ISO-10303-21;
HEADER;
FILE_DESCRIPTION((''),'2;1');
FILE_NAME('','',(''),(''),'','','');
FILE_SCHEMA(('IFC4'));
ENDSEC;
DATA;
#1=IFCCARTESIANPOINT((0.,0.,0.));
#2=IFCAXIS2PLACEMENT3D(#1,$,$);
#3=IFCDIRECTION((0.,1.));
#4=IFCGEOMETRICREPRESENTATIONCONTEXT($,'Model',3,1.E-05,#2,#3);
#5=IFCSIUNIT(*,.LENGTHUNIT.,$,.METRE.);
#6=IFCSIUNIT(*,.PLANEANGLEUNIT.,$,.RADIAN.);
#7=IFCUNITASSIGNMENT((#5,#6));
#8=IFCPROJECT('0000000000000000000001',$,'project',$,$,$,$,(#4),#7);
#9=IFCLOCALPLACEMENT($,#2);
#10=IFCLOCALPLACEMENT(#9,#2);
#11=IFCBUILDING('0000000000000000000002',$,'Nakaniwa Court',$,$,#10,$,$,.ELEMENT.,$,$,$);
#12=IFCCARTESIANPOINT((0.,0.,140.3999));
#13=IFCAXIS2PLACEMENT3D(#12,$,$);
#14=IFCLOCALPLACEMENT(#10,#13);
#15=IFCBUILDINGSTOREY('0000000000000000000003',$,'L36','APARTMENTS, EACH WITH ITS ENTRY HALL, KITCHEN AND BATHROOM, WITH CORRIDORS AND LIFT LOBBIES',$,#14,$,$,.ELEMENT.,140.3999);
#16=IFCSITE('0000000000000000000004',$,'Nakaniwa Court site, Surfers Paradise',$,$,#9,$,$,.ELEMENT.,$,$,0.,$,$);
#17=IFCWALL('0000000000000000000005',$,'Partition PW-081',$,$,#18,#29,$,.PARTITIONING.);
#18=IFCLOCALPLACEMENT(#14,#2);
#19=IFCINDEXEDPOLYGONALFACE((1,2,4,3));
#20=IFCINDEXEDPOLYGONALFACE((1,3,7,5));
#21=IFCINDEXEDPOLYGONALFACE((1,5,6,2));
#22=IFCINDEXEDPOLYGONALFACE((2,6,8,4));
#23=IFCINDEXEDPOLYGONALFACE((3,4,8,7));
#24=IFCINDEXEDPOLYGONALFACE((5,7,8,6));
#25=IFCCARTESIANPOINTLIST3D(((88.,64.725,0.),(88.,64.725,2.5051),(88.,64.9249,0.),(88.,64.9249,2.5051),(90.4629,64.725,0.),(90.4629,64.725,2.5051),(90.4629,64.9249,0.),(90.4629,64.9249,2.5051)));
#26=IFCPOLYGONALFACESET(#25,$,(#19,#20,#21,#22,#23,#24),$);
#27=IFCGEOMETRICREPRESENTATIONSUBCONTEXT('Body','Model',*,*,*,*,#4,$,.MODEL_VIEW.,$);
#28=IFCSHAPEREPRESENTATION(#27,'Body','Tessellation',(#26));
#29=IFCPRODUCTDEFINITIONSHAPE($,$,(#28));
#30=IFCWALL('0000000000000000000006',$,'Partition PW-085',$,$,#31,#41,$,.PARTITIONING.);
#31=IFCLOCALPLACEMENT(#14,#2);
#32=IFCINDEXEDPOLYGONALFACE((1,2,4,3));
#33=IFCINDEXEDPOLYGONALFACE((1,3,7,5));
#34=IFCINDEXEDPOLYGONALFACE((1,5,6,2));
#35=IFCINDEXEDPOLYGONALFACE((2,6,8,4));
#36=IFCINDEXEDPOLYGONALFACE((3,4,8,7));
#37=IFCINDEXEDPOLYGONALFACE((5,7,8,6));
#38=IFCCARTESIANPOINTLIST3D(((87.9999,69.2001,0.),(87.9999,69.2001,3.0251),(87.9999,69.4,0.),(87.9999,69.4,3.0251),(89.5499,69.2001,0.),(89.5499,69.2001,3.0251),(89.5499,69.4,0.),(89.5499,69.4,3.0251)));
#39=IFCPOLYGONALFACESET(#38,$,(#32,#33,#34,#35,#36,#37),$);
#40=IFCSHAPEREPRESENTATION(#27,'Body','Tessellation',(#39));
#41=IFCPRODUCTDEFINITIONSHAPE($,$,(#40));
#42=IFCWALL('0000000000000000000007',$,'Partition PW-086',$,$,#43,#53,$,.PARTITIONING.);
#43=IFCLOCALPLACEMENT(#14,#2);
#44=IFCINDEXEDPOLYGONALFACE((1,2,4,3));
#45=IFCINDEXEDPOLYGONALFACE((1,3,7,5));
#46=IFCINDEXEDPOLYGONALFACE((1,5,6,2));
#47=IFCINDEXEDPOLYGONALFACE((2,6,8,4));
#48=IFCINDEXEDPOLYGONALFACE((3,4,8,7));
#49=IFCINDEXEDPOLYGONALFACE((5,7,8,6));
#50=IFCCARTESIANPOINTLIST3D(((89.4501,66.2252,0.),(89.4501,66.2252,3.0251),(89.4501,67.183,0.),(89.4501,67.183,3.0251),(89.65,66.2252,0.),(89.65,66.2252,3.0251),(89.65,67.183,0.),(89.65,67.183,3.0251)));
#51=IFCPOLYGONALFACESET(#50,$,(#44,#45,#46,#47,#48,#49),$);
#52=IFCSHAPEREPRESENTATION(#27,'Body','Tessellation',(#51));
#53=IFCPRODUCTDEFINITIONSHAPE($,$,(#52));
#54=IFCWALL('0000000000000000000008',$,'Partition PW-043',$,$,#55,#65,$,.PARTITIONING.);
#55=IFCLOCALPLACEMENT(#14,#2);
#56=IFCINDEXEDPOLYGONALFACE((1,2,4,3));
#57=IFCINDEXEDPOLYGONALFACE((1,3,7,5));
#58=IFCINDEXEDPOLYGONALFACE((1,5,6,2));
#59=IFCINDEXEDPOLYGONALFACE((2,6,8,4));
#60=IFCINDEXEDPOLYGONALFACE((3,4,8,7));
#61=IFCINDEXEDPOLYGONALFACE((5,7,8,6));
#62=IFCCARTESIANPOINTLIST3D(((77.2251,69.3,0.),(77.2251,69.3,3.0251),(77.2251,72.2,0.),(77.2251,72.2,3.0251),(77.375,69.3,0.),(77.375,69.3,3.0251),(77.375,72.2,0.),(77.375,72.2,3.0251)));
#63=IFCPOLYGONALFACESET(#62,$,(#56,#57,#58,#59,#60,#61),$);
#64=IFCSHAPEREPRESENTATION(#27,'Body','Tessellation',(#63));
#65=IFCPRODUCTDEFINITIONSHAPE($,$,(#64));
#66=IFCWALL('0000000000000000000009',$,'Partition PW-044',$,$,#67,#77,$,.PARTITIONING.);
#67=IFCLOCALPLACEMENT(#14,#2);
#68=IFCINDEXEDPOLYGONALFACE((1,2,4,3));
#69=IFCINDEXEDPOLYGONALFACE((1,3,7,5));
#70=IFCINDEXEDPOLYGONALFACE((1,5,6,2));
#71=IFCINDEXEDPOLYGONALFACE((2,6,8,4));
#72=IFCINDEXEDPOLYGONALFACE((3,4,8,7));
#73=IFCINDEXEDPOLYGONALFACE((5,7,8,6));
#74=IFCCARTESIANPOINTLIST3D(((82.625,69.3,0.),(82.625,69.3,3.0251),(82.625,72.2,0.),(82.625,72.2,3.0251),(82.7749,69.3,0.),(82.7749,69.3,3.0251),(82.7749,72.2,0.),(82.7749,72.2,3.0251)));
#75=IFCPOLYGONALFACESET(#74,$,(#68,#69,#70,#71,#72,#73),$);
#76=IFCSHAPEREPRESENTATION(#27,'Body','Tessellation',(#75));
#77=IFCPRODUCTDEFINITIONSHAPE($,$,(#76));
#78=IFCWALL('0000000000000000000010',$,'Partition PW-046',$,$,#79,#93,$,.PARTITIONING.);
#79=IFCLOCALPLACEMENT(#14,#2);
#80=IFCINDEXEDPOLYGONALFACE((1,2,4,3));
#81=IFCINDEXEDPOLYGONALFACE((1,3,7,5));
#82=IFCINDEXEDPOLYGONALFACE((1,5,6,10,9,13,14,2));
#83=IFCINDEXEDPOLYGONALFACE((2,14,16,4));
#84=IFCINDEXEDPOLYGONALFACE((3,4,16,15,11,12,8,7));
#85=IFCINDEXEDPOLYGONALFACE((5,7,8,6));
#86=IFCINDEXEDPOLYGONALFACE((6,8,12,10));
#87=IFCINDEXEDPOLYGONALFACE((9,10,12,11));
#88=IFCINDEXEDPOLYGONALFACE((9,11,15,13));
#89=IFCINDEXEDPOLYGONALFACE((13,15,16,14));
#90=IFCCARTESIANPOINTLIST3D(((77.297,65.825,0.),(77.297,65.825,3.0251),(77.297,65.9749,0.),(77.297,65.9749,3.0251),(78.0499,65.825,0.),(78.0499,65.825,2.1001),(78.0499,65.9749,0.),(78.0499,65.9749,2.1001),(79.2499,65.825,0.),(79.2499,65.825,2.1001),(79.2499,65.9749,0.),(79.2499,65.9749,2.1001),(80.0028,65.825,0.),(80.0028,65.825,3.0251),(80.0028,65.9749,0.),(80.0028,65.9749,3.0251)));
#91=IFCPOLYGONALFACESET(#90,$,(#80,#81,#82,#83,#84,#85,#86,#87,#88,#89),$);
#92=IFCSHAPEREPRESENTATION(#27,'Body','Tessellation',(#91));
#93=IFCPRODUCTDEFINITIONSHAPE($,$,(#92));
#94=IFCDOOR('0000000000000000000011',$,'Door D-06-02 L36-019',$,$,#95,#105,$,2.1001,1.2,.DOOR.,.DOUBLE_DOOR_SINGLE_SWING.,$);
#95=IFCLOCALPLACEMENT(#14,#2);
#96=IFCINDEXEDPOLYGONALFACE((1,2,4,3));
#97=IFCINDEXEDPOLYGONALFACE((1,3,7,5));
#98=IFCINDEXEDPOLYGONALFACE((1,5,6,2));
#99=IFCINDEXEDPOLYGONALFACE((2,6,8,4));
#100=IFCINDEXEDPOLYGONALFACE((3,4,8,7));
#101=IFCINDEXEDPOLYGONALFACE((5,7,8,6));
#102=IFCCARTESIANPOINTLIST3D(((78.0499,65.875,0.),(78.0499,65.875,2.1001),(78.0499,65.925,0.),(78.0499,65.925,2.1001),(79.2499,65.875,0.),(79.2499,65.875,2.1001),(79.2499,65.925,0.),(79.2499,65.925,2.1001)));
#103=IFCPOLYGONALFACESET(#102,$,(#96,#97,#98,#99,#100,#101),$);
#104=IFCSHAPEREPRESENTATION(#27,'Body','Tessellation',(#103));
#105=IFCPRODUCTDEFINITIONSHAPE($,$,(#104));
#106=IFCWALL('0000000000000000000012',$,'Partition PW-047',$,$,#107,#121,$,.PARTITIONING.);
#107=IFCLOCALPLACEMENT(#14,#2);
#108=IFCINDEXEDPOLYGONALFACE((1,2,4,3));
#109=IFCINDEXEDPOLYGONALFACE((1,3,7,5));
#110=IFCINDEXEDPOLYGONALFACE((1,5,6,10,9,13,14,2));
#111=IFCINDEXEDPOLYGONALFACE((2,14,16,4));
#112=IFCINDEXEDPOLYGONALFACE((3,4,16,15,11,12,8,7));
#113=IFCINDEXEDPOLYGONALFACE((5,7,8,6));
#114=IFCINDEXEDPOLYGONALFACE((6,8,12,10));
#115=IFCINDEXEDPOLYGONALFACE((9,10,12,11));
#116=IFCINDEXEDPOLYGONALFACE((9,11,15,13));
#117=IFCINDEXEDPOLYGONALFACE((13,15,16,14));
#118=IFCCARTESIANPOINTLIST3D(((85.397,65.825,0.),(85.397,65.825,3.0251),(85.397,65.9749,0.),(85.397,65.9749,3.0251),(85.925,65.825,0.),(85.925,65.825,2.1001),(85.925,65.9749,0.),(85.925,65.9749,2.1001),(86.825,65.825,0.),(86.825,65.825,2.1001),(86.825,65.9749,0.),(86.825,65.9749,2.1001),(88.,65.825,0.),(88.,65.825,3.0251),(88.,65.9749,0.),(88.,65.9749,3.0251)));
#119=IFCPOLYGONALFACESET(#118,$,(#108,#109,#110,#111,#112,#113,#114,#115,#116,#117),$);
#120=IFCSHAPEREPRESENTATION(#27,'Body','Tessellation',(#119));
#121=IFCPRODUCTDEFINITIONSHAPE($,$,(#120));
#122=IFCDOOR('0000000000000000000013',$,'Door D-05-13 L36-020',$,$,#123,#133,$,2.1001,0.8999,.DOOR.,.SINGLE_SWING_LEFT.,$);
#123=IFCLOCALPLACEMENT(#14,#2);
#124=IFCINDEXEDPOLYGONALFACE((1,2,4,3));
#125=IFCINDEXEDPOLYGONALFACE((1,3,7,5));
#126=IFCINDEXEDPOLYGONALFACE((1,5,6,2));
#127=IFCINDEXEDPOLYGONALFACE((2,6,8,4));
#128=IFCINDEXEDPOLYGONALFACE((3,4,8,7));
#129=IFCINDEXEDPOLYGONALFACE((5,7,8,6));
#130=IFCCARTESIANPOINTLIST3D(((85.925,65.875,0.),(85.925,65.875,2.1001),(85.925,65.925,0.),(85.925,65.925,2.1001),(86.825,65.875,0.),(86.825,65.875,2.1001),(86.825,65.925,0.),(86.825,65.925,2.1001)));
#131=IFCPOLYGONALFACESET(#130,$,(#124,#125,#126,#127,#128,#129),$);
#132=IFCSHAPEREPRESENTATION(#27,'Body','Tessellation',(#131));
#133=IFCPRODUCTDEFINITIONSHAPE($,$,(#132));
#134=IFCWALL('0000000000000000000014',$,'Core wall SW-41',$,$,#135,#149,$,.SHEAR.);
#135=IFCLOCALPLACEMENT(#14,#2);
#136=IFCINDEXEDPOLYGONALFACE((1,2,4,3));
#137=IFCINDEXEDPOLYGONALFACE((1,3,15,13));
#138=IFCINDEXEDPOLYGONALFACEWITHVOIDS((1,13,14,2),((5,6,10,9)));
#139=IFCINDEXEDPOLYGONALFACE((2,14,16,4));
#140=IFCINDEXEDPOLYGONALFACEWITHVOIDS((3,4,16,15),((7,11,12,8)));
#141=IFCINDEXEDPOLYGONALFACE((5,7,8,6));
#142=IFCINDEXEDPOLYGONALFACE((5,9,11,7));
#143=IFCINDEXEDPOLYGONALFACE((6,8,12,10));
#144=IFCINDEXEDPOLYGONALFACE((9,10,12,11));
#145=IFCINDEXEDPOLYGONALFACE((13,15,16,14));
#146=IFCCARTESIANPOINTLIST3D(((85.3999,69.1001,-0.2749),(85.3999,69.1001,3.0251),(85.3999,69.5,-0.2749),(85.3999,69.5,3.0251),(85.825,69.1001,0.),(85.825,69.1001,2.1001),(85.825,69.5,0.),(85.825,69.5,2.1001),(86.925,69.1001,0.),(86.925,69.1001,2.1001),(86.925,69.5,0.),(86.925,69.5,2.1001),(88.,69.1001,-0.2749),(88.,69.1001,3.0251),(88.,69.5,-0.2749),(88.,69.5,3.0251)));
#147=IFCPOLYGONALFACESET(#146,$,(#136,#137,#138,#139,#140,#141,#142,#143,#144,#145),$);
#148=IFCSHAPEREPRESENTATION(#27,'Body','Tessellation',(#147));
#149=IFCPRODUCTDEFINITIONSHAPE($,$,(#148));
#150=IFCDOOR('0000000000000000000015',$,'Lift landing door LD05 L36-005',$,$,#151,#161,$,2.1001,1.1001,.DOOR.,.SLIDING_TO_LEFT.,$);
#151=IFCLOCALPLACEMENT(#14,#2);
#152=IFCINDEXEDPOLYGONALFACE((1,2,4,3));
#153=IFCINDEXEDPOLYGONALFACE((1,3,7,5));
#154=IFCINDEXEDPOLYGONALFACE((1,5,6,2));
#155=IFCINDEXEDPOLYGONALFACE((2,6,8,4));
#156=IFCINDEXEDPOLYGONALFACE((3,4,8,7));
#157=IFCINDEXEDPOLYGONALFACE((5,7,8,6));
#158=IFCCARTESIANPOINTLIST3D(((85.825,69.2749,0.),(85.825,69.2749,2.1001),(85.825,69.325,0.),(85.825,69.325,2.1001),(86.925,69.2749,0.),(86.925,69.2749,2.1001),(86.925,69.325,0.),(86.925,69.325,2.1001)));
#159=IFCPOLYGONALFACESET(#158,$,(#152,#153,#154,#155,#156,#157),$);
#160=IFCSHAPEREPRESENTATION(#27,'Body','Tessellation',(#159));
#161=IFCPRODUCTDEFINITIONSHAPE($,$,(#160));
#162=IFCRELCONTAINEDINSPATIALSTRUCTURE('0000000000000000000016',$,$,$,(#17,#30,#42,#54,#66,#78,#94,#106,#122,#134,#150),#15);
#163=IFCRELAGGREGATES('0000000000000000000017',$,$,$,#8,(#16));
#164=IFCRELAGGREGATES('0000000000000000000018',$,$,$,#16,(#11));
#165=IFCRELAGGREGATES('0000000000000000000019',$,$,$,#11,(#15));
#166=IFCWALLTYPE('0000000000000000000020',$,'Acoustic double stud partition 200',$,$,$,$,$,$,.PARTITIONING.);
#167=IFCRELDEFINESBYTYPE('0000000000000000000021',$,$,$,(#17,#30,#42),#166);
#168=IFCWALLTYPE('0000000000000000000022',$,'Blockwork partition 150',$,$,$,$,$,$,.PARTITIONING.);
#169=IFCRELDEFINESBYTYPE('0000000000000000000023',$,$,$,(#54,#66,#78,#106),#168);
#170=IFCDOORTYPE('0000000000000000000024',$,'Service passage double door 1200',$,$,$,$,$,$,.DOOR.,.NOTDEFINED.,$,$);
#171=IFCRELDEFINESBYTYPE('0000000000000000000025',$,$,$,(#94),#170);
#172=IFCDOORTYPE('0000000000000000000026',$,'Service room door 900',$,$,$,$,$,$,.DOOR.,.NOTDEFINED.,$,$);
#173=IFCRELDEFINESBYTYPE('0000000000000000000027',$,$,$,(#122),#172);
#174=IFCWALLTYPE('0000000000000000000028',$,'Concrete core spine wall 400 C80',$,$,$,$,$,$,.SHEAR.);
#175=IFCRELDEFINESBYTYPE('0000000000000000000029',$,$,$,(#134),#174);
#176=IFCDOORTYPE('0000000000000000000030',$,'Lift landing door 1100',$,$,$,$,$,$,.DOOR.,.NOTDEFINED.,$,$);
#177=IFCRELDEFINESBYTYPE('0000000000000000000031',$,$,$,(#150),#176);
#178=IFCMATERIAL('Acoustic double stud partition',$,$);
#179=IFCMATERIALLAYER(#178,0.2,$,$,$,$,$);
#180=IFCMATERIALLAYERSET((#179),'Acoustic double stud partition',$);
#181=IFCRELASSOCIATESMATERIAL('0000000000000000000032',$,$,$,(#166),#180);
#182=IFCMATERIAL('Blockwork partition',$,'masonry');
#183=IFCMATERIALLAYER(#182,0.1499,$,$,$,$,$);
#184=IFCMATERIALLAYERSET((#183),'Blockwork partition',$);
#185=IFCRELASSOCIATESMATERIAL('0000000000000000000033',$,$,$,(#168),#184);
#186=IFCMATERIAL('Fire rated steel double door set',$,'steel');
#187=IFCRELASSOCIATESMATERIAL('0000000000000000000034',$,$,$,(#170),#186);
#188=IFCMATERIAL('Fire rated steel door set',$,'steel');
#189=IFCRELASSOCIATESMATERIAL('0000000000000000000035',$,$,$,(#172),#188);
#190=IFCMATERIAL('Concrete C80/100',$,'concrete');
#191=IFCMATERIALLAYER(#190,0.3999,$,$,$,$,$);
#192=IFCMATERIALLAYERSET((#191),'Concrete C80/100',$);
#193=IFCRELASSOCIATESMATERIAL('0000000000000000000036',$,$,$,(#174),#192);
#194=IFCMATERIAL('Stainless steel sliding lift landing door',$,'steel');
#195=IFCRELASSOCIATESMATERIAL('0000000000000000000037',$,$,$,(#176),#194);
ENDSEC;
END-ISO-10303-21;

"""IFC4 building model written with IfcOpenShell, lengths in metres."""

from ifc_helpers import new_model, si_unit, direction, frame, frame_2d, origin, place, context, subcontext, project, spatial, rectangle, extrude, material, layer, layer_set, type_object, element, fill, save


model = new_model("IFC4")

# Units and contexts
model_context = context("Model", 3, precision=1e-05, world=origin(), true_north=direction((0.0, 1.0)))
body_context = subcontext(model_context, "Body", "Model", "MODEL_VIEW")
ifc_project = project(units=[si_unit("LENGTHUNIT", "METRE"), si_unit("PLANEANGLEUNIT", "RADIAN")], contexts=[model_context])

# Site, building, storey
site_placement = place(None, origin())
site = spatial("IfcSite", under=ifc_project, at=site_placement, Name="Nakaniwa Court site, Surfers Paradise", CompositionType="ELEMENT", RefElevation=0.0)
building_placement = place(site_placement, origin())
building = spatial("IfcBuilding", under=site, at=building_placement, Name="Nakaniwa Court", CompositionType="ELEMENT")
storey_placement = place(building_placement, frame((0.0, 0.0, 140.3999)))
storey = spatial("IfcBuildingStorey", under=building, at=storey_placement, Name="L36", Description="APARTMENTS, EACH WITH ITS ENTRY HALL, KITCHEN AND BATHROOM, WITH CORRIDORS AND LIFT LOBBIES", CompositionType="ELEMENT", Elevation=140.3999)

# Walls
ifc_material_1 = material(Name="Acoustic double stud partition")
ifc_layer_1 = layer(ifc_material_1, 0.2)
ifc_layer_set_1 = layer_set([ifc_layer_1], Name="Acoustic double stud partition")
wall_type_1 = type_object("IfcWallType", Name="Acoustic double stud partition 200", PredefinedType="PARTITIONING", material=ifc_layer_set_1)
wall_1_placement = place(storey_placement, frame((88.0, 64.825, 0.0), z_axis=(0.0, 0.0, 1.0), x_axis=(1.0, 0.0, 0.0)))
element("IfcWall", 1, at=wall_1_placement, inside=storey, type_object=wall_type_1, Name="Partition PW-081", PredefinedType="PARTITIONING", context=body_context, shape_type="SweptSolid", body=[
    extrude(rectangle(XDim=2.4629, YDim=0.2, at=frame_2d((1.2314, 0.0))), origin(), (0.0, 0.0, 1.0), 2.5051),
])
wall_2_placement = place(storey_placement, frame((88.0, 69.3, 0.0), z_axis=(0.0, 0.0, 1.0), x_axis=(1.0, 0.0, 0.0)))
element("IfcWall", 2, at=wall_2_placement, inside=storey, type_object=wall_type_1, Name="Partition PW-085", PredefinedType="PARTITIONING", context=body_context, shape_type="SweptSolid", body=[
    extrude(rectangle(XDim=1.55, YDim=0.2, at=frame_2d((0.7749, 0.0))), origin(), (0.0, 0.0, 1.0), 3.0251),
])
wall_3_placement = place(storey_placement, frame((89.55, 66.2251, 0.0), z_axis=(0.0, 0.0, 1.0), x_axis=(0.0, 1.0, 0.0)))
element("IfcWall", 3, at=wall_3_placement, inside=storey, type_object=wall_type_1, Name="Partition PW-086", PredefinedType="PARTITIONING", context=body_context, shape_type="SweptSolid", body=[
    extrude(rectangle(XDim=0.9578, YDim=0.2, at=frame_2d((0.479, 0.0))), origin(), (0.0, 0.0, 1.0), 3.0251),
])
ifc_material_2 = material(Name="Blockwork partition", Category="masonry")
ifc_layer_2 = layer(ifc_material_2, 0.1499)
ifc_layer_set_2 = layer_set([ifc_layer_2], Name="Blockwork partition")
wall_type_2 = type_object("IfcWallType", Name="Blockwork partition 150", PredefinedType="PARTITIONING", material=ifc_layer_set_2)
for number, where, z_axis, x_axis, name in (
    (4, (77.3, 69.3, 0.0), (0.0, 0.0, 1.0), (0.0, 1.0, 0.0), "Partition PW-043"),
    (5, (82.7, 69.3, 0.0), (0.0, 0.0, 1.0), (0.0, 1.0, 0.0), "Partition PW-044"),
):
    element("IfcWall", number, at=place(storey_placement, frame(where, z_axis=z_axis, x_axis=x_axis)), inside=storey, type_object=wall_type_2, Name=name, PredefinedType="PARTITIONING", context=body_context, shape_type="SweptSolid", body=[
        extrude(rectangle(XDim=2.8999, YDim=0.1499, at=frame_2d((1.45, 0.0))), origin(), (0.0, 0.0, 1.0), 3.0251),
    ])

# Walls, openings, doors
wall_4_placement = place(storey_placement, frame((80.0029, 65.8999, 0.0), z_axis=(0.0, 0.0, 1.0), x_axis=(-1.0, 0.0, 0.0)))
wall_4 = element("IfcWall", 6, at=wall_4_placement, inside=storey, type_object=wall_type_2, Name="Partition PW-046", PredefinedType="PARTITIONING", context=body_context, shape_type="SweptSolid", body=[
    extrude(rectangle(XDim=2.7058, YDim=0.1499, at=frame_2d((1.353, 0.0))), origin(), (0.0, 0.0, 1.0), 3.0251),
])
opening_1_placement = place(wall_4_placement, frame((0.7529, 0.0, 0.0)))
opening_1 = element("IfcOpeningElement", 7, at=opening_1_placement, cuts=wall_4, PredefinedType="OPENING", context=body_context, shape_type="SweptSolid", body=[
    extrude(rectangle(XDim=1.2, YDim=2.1001, at=frame_2d((0.6001, 1.05))), frame((0.0, 0.085, 0.0), z_axis=(0.0, -1.0, 0.0), x_axis=(1.0, 0.0, 0.0)), (0.0, 0.0, 1.0), 0.1699),
])
ifc_material_3 = material(Name="Fire rated steel double door set", Category="steel")
door_type_1 = type_object("IfcDoorType", Name="Service passage double door 1200", OperationType="NOTDEFINED", PredefinedType="DOOR", material=ifc_material_3)
door_1_placement = place(opening_1_placement, origin())
door_1 = element("IfcDoor", 8, at=door_1_placement, inside=storey, type_object=door_type_1, Name="Door D-06-02 L36-019", OperationType="DOUBLE_DOOR_SINGLE_SWING", OverallHeight=2.1001, OverallWidth=1.2, PredefinedType="DOOR", context=body_context, shape_type="SweptSolid", body=[
    extrude(rectangle(XDim=1.2, YDim=2.1001, at=frame_2d((0.6001, 1.05))), frame((0.0, 0.0249, 0.0), z_axis=(0.0, -1.0, 0.0), x_axis=(1.0, 0.0, 0.0)), (0.0, 0.0, 1.0), 0.05),
])
fill(opening_1, door_1)
wall_5_placement = place(storey_placement, frame((88.0, 65.8999, 0.0), z_axis=(0.0, 0.0, 1.0), x_axis=(-1.0, 0.0, 0.0)))
wall_5 = element("IfcWall", 9, at=wall_5_placement, inside=storey, type_object=wall_type_2, Name="Partition PW-047", PredefinedType="PARTITIONING", context=body_context, shape_type="SweptSolid", body=[
    extrude(rectangle(XDim=2.603, YDim=0.1499, at=frame_2d((1.3015, 0.0))), origin(), (0.0, 0.0, 1.0), 3.0251),
])
opening_2_placement = place(wall_5_placement, frame((1.175, 0.0, 0.0)))
opening_2 = element("IfcOpeningElement", 10, at=opening_2_placement, cuts=wall_5, PredefinedType="OPENING", context=body_context, shape_type="SweptSolid", body=[
    extrude(rectangle(XDim=0.8999, YDim=2.1001, at=frame_2d((0.45, 1.05))), frame((0.0, 0.085, 0.0), z_axis=(0.0, -1.0, 0.0), x_axis=(1.0, 0.0, 0.0)), (0.0, 0.0, 1.0), 0.1699),
])
ifc_material_4 = material(Name="Fire rated steel door set", Category="steel")
door_type_2 = type_object("IfcDoorType", Name="Service room door 900", OperationType="NOTDEFINED", PredefinedType="DOOR", material=ifc_material_4)
door_2_placement = place(opening_2_placement, origin())
door_2 = element("IfcDoor", 11, at=door_2_placement, inside=storey, type_object=door_type_2, Name="Door D-05-13 L36-020", OperationType="SINGLE_SWING_LEFT", OverallHeight=2.1001, OverallWidth=0.8999, PredefinedType="DOOR", context=body_context, shape_type="SweptSolid", body=[
    extrude(rectangle(XDim=0.8999, YDim=2.1001, at=frame_2d((0.45, 1.05))), frame((0.0, 0.0249, 0.0), z_axis=(0.0, -1.0, 0.0), x_axis=(1.0, 0.0, 0.0)), (0.0, 0.0, 1.0), 0.05),
])
fill(opening_2, door_2)
ifc_material_5 = material(Name="Concrete C80/100", Category="concrete")
ifc_layer_3 = layer(ifc_material_5, 0.3999)
ifc_layer_set_3 = layer_set([ifc_layer_3], Name="Concrete C80/100")
wall_type_3 = type_object("IfcWallType", Name="Concrete core spine wall 400 C80", PredefinedType="SHEAR", material=ifc_layer_set_3)
wall_6_placement = place(storey_placement, frame((85.3999, 69.3, -0.2749), z_axis=(0.0, 0.0, 1.0), x_axis=(1.0, 0.0, 0.0)))
wall_6 = element("IfcWall", 12, at=wall_6_placement, inside=storey, type_object=wall_type_3, Name="Core wall SW-41", PredefinedType="SHEAR", context=body_context, shape_type="SweptSolid", body=[
    extrude(rectangle(XDim=2.6001, YDim=0.3999, at=frame_2d((1.3, 0.0))), origin(), (0.0, 0.0, 1.0), 3.3),
])
opening_3_placement = place(wall_6_placement, frame((0.425, 0.0, 0.2749)))
opening_3 = element("IfcOpeningElement", 13, at=opening_3_placement, cuts=wall_6, PredefinedType="OPENING", context=body_context, shape_type="SweptSolid", body=[
    extrude(rectangle(XDim=1.1001, YDim=2.1001, at=frame_2d((0.55, 1.05))), frame((0.0, 0.21, 0.0), z_axis=(0.0, -1.0, 0.0), x_axis=(1.0, 0.0, 0.0)), (0.0, 0.0, 1.0), 0.4199),
])
ifc_material_6 = material(Name="Stainless steel sliding lift landing door", Category="steel")
door_type_3 = type_object("IfcDoorType", Name="Lift landing door 1100", OperationType="NOTDEFINED", PredefinedType="DOOR", material=ifc_material_6)
door_3_placement = place(opening_3_placement, origin())
door_3 = element("IfcDoor", 14, at=door_3_placement, inside=storey, type_object=door_type_3, Name="Lift landing door LD05 L36-005", OperationType="SLIDING_TO_LEFT", OverallHeight=2.1001, OverallWidth=1.1001, PredefinedType="DOOR", context=body_context, shape_type="SweptSolid", body=[
    extrude(rectangle(XDim=1.1001, YDim=2.1001, at=frame_2d((0.55, 1.05))), frame((0.0, 0.0249, 0.0), z_axis=(0.0, -1.0, 0.0), x_axis=(1.0, 0.0, 0.0)), (0.0, 0.0, 1.0), 0.05),
])
fill(opening_3, door_3)

save(model, "model.ifc")
